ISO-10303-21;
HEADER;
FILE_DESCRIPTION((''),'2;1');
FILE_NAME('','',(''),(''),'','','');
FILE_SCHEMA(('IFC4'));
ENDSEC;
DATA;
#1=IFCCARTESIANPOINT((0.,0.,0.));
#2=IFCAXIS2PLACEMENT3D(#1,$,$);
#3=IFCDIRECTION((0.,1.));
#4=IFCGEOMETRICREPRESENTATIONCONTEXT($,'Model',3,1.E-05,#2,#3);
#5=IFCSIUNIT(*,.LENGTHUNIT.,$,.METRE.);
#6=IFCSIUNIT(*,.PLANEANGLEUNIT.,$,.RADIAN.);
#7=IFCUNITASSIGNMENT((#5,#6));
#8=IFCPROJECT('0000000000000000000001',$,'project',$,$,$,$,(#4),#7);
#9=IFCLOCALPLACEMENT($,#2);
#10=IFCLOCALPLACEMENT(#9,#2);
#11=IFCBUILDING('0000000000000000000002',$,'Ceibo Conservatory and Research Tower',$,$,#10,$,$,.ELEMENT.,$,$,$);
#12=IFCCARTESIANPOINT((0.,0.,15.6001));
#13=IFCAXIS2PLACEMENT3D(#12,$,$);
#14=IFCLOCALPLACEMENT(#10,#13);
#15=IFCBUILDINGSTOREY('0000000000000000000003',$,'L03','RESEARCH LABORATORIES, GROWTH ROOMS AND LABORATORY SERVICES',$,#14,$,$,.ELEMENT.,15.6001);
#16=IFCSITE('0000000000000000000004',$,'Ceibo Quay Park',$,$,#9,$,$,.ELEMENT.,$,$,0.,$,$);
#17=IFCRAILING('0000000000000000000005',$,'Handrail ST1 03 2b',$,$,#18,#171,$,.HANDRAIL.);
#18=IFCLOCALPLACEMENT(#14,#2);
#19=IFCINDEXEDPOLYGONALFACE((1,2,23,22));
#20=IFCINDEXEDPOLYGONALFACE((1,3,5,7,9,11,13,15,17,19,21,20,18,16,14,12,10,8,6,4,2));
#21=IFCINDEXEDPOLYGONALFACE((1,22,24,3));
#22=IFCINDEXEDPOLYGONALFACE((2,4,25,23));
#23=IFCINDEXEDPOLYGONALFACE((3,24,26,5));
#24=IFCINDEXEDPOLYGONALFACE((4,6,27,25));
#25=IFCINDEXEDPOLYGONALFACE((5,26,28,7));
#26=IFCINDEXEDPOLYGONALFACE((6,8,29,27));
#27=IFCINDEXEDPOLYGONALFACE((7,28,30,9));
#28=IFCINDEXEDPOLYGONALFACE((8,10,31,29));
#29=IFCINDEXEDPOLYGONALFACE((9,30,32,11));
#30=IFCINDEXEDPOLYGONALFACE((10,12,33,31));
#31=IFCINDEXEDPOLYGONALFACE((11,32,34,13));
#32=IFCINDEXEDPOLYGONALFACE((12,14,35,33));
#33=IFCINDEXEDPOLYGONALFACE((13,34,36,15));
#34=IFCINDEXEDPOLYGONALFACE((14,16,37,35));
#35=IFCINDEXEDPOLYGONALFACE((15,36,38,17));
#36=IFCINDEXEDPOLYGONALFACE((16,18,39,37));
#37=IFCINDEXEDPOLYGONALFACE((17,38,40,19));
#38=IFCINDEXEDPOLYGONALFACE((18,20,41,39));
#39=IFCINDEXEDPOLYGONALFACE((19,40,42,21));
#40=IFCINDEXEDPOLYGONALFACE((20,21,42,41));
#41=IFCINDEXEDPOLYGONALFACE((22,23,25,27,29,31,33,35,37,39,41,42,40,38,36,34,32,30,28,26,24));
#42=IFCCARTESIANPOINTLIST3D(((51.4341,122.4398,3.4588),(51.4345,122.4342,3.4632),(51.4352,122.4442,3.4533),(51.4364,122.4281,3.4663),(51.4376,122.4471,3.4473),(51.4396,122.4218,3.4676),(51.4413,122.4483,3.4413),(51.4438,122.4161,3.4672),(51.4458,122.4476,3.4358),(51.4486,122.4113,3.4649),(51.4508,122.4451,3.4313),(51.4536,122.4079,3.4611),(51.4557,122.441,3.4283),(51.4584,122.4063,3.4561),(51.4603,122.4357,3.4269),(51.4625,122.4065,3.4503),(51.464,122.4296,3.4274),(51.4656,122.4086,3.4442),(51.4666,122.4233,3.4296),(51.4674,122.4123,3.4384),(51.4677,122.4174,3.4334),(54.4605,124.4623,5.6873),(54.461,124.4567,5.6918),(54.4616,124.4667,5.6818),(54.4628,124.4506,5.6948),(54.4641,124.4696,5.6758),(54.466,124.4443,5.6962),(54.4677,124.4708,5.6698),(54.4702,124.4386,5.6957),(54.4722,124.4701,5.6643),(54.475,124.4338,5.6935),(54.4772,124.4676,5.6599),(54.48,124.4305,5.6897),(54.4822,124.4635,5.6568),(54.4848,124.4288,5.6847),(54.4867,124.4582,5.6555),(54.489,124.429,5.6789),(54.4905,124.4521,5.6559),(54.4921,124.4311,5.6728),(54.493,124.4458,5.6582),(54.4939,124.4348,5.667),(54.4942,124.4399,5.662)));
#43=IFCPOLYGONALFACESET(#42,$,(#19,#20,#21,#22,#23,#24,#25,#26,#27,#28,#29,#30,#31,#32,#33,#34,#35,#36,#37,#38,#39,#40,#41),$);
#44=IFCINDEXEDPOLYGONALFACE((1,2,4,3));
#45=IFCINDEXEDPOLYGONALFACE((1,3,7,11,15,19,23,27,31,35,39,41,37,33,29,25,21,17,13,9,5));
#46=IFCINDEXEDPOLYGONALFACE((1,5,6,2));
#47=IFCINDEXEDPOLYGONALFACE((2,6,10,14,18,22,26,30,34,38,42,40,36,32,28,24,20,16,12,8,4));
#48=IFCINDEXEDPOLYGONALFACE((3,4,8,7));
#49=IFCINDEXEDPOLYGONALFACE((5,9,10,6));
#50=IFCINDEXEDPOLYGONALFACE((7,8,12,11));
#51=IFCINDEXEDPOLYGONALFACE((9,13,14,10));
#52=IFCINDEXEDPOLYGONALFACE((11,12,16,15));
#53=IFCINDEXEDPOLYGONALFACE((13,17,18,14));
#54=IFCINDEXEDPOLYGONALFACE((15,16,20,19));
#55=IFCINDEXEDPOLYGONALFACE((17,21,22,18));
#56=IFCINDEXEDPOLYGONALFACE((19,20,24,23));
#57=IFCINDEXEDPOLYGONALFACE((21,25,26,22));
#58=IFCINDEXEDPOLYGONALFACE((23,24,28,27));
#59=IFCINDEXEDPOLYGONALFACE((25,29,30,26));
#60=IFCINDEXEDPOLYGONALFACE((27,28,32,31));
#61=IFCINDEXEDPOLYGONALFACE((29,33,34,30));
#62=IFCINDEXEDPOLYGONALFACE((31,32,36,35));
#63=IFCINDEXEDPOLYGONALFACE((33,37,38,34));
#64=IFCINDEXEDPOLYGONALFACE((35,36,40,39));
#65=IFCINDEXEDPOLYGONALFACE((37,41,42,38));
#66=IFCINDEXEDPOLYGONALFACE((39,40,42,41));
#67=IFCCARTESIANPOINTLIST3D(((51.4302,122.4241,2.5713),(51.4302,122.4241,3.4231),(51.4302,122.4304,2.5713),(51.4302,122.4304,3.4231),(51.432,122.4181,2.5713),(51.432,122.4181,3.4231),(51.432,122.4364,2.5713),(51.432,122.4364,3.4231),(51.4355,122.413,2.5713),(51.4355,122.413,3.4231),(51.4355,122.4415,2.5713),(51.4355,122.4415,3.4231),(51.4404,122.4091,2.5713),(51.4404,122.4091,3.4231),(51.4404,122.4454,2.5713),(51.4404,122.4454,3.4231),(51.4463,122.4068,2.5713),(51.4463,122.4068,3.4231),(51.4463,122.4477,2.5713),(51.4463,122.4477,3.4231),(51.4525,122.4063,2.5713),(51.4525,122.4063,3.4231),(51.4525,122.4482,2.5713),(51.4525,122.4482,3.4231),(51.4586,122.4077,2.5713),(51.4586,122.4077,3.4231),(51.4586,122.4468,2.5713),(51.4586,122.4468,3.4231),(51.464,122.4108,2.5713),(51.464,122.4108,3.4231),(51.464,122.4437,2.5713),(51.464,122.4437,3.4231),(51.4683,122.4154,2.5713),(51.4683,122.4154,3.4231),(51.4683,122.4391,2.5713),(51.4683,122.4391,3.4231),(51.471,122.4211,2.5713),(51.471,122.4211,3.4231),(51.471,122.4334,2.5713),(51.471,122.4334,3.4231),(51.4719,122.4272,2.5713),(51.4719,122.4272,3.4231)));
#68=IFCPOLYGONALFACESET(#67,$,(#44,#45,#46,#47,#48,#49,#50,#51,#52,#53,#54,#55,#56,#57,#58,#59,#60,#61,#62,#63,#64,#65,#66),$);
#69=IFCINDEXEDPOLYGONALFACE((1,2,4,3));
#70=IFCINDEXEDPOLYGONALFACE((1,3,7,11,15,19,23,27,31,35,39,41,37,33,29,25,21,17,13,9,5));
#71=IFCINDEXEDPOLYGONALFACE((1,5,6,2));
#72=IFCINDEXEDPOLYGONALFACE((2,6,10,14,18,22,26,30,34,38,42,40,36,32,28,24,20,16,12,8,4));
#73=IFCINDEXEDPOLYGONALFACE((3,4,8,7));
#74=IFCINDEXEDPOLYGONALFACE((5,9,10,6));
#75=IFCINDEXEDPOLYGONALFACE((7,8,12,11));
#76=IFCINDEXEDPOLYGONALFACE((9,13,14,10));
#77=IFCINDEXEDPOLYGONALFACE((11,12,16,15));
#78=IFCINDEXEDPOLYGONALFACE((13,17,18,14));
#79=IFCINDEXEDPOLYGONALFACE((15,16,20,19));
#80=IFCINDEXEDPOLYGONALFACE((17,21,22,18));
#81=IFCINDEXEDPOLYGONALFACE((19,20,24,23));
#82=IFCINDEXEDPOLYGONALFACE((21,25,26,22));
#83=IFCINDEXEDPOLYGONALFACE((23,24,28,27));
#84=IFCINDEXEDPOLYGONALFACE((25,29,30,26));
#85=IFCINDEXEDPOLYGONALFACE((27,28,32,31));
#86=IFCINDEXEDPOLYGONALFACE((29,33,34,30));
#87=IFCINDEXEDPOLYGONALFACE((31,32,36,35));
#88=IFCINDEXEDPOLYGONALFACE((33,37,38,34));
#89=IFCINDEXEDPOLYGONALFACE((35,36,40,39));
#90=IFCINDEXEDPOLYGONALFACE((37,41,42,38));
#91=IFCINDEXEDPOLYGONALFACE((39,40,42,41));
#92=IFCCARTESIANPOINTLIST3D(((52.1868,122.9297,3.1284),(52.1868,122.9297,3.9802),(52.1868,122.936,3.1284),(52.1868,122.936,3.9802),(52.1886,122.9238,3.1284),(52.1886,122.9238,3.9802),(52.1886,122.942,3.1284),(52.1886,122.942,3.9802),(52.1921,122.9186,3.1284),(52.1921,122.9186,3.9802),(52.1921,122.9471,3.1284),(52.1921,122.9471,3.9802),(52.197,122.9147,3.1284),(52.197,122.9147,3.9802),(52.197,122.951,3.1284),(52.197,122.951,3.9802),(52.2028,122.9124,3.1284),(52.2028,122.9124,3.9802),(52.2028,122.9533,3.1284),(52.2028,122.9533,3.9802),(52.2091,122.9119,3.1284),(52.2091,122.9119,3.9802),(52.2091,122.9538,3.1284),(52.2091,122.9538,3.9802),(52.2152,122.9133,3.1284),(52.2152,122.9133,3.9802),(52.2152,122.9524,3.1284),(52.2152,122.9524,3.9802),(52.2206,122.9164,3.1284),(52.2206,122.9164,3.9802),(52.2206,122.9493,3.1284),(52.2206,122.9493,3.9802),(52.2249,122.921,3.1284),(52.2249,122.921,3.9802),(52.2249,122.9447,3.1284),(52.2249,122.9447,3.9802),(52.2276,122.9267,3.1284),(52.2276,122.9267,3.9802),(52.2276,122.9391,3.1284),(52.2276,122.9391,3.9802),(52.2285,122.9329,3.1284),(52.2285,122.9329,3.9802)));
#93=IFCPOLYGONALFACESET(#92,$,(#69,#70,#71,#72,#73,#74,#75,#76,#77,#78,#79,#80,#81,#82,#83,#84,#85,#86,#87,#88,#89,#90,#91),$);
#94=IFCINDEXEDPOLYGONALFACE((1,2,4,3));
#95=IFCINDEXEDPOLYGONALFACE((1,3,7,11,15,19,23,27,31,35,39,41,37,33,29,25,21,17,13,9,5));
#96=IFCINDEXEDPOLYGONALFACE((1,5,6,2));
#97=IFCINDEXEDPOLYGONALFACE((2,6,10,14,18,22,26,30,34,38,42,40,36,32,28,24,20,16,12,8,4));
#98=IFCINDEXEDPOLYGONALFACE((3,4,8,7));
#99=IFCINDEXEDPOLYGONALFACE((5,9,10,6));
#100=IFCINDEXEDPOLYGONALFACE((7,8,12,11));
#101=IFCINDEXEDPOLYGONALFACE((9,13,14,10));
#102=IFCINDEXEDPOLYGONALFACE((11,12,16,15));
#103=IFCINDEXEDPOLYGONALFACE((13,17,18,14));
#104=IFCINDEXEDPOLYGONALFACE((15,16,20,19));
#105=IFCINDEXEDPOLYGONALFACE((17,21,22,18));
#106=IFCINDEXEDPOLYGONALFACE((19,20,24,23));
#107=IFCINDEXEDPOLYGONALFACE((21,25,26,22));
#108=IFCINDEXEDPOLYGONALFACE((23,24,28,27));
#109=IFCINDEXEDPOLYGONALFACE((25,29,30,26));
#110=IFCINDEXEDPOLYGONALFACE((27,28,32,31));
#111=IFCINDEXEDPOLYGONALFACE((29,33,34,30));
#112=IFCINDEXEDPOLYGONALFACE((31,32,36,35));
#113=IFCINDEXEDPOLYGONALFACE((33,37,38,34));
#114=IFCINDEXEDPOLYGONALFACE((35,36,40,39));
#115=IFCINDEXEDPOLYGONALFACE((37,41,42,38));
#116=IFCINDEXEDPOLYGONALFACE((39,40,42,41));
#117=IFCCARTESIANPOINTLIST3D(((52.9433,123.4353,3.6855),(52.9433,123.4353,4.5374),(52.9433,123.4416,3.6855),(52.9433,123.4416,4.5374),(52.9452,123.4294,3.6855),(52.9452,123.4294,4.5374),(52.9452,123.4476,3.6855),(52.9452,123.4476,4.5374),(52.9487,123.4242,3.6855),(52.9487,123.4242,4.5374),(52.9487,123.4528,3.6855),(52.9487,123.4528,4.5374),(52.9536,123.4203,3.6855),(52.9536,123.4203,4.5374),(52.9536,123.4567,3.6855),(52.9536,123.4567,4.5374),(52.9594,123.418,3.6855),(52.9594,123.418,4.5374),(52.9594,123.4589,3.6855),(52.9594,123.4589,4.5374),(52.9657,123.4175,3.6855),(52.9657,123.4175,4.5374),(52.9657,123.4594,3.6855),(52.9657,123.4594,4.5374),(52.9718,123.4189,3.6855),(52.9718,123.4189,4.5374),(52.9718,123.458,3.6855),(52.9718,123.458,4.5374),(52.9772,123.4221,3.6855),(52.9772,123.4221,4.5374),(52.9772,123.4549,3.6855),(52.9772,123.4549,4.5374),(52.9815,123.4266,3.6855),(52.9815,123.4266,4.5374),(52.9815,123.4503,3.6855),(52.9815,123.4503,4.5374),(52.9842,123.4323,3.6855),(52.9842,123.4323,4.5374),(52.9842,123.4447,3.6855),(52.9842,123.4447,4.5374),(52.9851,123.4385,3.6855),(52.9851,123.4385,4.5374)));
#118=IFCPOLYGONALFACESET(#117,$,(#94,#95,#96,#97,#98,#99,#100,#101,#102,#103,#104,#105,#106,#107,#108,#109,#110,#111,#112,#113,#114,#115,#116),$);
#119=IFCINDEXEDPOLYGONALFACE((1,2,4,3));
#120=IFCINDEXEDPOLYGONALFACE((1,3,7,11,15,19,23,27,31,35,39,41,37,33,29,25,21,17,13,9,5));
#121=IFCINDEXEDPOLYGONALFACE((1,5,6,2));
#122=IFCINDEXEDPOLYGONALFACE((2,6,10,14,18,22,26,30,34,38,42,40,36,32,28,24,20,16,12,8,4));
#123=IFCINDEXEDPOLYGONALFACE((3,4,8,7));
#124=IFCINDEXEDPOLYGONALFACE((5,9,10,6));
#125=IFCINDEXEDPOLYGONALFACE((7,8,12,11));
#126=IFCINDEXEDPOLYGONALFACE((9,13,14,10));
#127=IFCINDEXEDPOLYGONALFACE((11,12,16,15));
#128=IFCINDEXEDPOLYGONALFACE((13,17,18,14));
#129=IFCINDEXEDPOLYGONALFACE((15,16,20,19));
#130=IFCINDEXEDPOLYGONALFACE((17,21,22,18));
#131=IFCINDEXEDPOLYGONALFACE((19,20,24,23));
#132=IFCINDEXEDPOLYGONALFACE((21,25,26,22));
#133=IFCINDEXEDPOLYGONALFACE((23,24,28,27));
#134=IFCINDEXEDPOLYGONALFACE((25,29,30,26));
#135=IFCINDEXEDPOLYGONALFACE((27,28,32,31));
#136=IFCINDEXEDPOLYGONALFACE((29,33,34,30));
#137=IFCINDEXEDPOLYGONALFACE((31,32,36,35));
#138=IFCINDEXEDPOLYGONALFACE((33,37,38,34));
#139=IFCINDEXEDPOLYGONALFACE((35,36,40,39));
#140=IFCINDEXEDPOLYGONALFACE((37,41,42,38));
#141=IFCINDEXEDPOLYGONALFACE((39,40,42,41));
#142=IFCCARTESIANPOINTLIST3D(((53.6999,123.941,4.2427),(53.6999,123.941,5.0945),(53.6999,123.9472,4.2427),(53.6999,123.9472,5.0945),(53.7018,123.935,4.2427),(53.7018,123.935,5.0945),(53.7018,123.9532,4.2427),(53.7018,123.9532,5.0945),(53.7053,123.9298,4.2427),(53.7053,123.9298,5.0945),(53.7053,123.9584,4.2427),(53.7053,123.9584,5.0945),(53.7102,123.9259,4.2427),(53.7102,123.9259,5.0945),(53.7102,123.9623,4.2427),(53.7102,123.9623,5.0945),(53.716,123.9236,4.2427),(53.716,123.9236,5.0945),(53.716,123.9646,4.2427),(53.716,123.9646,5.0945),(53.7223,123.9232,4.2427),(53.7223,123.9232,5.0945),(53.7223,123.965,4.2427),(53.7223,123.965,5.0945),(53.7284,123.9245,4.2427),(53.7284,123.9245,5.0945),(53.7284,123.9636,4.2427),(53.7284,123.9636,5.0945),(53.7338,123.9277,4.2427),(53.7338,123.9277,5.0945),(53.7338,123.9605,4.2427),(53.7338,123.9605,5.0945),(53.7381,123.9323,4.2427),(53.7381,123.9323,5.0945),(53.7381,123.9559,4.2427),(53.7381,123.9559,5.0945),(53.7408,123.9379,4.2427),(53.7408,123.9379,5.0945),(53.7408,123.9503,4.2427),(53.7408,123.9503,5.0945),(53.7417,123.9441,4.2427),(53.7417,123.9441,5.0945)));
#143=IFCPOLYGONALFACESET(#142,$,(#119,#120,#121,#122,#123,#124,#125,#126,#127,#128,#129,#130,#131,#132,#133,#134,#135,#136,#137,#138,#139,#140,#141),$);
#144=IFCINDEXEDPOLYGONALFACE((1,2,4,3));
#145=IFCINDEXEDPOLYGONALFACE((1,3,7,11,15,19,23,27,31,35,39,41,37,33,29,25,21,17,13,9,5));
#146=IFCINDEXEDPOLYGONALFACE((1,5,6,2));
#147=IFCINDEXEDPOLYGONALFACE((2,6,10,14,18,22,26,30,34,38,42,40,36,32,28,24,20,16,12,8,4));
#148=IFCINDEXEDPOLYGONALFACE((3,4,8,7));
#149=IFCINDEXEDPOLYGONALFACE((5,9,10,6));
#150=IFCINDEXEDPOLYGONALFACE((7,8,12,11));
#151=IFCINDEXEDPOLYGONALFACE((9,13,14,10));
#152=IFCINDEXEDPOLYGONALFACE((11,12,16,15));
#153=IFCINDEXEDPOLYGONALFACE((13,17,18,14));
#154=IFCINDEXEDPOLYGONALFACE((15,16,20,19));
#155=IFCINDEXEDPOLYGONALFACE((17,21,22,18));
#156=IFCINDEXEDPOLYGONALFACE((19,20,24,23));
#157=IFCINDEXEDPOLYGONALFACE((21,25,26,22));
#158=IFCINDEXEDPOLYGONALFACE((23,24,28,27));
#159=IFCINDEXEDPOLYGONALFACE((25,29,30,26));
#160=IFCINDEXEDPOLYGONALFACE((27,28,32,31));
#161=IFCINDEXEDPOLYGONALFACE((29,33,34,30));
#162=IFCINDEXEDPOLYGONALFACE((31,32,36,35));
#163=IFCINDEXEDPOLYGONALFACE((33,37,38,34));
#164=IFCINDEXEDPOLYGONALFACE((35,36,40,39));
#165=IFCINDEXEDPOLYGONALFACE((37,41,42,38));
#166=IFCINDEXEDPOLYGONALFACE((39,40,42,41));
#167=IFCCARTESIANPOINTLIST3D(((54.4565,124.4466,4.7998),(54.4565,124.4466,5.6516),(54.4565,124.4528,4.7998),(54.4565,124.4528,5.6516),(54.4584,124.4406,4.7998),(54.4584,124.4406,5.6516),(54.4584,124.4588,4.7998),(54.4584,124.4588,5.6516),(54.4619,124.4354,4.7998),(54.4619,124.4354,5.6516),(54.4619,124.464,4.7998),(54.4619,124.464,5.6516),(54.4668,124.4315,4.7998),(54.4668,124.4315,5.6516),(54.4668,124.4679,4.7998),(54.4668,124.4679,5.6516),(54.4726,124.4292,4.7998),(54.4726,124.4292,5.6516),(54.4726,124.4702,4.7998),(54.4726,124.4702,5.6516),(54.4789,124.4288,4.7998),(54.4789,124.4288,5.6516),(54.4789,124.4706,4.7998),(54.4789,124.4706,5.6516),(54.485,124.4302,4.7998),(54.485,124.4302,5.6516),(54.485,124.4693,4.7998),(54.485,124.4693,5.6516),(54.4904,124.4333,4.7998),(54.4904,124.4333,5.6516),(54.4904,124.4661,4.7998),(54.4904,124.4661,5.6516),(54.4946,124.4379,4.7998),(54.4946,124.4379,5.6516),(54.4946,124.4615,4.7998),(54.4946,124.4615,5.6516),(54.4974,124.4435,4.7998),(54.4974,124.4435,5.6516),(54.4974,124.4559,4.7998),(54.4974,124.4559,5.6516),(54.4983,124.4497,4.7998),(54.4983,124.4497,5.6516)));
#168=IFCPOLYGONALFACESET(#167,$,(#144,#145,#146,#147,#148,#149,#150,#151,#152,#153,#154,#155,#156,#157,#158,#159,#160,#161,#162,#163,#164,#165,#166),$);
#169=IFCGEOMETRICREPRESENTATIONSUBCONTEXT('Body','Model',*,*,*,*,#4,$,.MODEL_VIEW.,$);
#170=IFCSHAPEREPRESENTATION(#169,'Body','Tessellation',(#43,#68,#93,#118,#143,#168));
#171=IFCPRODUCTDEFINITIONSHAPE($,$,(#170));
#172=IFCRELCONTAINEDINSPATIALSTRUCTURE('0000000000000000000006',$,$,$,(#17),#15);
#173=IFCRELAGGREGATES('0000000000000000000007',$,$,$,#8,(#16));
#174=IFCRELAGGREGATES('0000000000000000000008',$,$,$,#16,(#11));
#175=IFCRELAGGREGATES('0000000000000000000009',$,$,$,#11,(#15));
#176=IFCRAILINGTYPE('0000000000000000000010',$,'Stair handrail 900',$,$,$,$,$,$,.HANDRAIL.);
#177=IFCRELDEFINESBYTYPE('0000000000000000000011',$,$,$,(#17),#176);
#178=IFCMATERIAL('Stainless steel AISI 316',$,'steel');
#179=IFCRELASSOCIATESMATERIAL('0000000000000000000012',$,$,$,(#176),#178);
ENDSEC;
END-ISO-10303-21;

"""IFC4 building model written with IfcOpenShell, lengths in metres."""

from ifc_helpers import new_model, si_unit, direction, frame, origin, origin_2d, place, context, subcontext, project, spatial, circle, extrude, material, type_object, element, save


model = new_model("IFC4")

# Units and contexts
model_context = context("Model", 3, precision=1e-05, world=origin(), true_north=direction((0.0, 1.0)))
body_context = subcontext(model_context, "Body", "Model", "MODEL_VIEW")
ifc_project = project(units=[si_unit("LENGTHUNIT", "METRE"), si_unit("PLANEANGLEUNIT", "RADIAN")], contexts=[model_context])

# Site, building, storey
site_placement = place(None, origin())
site = spatial("IfcSite", under=ifc_project, at=site_placement, Name="Ceibo Quay Park", CompositionType="ELEMENT", RefElevation=0.0)
building_placement = place(site_placement, origin())
building = spatial("IfcBuilding", under=site, at=building_placement, Name="Ceibo Conservatory and Research Tower", CompositionType="ELEMENT")
storey_placement = place(building_placement, frame((0.0, 0.0, 15.6001)))
storey = spatial("IfcBuildingStorey", under=building, at=storey_placement, Name="L03", Description="RESEARCH LABORATORIES, GROWTH ROOMS AND LABORATORY SERVICES", CompositionType="ELEMENT", Elevation=15.6001)

# Shared definitions
ifc_material_1 = material(Name="Stainless steel AISI 316", Category="steel")

# Railing
railing_type = type_object("IfcRailingType", Name="Stair handrail 900", PredefinedType="HANDRAIL", material=ifc_material_1)
railing_1_placement = place(storey_placement, frame((51.4509, 122.4272, 2.5713)))
element("IfcRailing", 1, at=railing_1_placement, inside=storey, type_object=railing_type, Name="Handrail ST1 03 2b", PredefinedType="HANDRAIL", context=body_context, shape_type="SweptSolid", body=[
    extrude(circle(Radius=0.0239, at=origin_2d()), frame((0.0, 0.0, 0.876), z_axis=(0.709089, 0.47387, 0.522149), x_axis=(-0.555629, 0.831431, 0.0)), (0.0, 0.0, 1.0), 4.2681),
    extrude(circle(Radius=0.021, at=origin_2d()), origin(), (0.0, 0.0, 1.0), 0.8518),
    extrude(circle(Radius=0.021, at=origin_2d()), frame((0.7566, 0.5056, 0.5571)), (0.0, 0.0, 1.0), 0.8518),
    extrude(circle(Radius=0.021, at=origin_2d()), frame((1.5132, 1.0112, 1.1143)), (0.0, 0.0, 1.0), 0.8518),
    extrude(circle(Radius=0.021, at=origin_2d()), frame((2.2698, 1.5168, 1.6714)), (0.0, 0.0, 1.0), 0.8518),
    extrude(circle(Radius=0.021, at=origin_2d()), frame((3.0264, 2.0225, 2.2285)), (0.0, 0.0, 1.0), 0.8518),
])

save(model, "model.ifc")
